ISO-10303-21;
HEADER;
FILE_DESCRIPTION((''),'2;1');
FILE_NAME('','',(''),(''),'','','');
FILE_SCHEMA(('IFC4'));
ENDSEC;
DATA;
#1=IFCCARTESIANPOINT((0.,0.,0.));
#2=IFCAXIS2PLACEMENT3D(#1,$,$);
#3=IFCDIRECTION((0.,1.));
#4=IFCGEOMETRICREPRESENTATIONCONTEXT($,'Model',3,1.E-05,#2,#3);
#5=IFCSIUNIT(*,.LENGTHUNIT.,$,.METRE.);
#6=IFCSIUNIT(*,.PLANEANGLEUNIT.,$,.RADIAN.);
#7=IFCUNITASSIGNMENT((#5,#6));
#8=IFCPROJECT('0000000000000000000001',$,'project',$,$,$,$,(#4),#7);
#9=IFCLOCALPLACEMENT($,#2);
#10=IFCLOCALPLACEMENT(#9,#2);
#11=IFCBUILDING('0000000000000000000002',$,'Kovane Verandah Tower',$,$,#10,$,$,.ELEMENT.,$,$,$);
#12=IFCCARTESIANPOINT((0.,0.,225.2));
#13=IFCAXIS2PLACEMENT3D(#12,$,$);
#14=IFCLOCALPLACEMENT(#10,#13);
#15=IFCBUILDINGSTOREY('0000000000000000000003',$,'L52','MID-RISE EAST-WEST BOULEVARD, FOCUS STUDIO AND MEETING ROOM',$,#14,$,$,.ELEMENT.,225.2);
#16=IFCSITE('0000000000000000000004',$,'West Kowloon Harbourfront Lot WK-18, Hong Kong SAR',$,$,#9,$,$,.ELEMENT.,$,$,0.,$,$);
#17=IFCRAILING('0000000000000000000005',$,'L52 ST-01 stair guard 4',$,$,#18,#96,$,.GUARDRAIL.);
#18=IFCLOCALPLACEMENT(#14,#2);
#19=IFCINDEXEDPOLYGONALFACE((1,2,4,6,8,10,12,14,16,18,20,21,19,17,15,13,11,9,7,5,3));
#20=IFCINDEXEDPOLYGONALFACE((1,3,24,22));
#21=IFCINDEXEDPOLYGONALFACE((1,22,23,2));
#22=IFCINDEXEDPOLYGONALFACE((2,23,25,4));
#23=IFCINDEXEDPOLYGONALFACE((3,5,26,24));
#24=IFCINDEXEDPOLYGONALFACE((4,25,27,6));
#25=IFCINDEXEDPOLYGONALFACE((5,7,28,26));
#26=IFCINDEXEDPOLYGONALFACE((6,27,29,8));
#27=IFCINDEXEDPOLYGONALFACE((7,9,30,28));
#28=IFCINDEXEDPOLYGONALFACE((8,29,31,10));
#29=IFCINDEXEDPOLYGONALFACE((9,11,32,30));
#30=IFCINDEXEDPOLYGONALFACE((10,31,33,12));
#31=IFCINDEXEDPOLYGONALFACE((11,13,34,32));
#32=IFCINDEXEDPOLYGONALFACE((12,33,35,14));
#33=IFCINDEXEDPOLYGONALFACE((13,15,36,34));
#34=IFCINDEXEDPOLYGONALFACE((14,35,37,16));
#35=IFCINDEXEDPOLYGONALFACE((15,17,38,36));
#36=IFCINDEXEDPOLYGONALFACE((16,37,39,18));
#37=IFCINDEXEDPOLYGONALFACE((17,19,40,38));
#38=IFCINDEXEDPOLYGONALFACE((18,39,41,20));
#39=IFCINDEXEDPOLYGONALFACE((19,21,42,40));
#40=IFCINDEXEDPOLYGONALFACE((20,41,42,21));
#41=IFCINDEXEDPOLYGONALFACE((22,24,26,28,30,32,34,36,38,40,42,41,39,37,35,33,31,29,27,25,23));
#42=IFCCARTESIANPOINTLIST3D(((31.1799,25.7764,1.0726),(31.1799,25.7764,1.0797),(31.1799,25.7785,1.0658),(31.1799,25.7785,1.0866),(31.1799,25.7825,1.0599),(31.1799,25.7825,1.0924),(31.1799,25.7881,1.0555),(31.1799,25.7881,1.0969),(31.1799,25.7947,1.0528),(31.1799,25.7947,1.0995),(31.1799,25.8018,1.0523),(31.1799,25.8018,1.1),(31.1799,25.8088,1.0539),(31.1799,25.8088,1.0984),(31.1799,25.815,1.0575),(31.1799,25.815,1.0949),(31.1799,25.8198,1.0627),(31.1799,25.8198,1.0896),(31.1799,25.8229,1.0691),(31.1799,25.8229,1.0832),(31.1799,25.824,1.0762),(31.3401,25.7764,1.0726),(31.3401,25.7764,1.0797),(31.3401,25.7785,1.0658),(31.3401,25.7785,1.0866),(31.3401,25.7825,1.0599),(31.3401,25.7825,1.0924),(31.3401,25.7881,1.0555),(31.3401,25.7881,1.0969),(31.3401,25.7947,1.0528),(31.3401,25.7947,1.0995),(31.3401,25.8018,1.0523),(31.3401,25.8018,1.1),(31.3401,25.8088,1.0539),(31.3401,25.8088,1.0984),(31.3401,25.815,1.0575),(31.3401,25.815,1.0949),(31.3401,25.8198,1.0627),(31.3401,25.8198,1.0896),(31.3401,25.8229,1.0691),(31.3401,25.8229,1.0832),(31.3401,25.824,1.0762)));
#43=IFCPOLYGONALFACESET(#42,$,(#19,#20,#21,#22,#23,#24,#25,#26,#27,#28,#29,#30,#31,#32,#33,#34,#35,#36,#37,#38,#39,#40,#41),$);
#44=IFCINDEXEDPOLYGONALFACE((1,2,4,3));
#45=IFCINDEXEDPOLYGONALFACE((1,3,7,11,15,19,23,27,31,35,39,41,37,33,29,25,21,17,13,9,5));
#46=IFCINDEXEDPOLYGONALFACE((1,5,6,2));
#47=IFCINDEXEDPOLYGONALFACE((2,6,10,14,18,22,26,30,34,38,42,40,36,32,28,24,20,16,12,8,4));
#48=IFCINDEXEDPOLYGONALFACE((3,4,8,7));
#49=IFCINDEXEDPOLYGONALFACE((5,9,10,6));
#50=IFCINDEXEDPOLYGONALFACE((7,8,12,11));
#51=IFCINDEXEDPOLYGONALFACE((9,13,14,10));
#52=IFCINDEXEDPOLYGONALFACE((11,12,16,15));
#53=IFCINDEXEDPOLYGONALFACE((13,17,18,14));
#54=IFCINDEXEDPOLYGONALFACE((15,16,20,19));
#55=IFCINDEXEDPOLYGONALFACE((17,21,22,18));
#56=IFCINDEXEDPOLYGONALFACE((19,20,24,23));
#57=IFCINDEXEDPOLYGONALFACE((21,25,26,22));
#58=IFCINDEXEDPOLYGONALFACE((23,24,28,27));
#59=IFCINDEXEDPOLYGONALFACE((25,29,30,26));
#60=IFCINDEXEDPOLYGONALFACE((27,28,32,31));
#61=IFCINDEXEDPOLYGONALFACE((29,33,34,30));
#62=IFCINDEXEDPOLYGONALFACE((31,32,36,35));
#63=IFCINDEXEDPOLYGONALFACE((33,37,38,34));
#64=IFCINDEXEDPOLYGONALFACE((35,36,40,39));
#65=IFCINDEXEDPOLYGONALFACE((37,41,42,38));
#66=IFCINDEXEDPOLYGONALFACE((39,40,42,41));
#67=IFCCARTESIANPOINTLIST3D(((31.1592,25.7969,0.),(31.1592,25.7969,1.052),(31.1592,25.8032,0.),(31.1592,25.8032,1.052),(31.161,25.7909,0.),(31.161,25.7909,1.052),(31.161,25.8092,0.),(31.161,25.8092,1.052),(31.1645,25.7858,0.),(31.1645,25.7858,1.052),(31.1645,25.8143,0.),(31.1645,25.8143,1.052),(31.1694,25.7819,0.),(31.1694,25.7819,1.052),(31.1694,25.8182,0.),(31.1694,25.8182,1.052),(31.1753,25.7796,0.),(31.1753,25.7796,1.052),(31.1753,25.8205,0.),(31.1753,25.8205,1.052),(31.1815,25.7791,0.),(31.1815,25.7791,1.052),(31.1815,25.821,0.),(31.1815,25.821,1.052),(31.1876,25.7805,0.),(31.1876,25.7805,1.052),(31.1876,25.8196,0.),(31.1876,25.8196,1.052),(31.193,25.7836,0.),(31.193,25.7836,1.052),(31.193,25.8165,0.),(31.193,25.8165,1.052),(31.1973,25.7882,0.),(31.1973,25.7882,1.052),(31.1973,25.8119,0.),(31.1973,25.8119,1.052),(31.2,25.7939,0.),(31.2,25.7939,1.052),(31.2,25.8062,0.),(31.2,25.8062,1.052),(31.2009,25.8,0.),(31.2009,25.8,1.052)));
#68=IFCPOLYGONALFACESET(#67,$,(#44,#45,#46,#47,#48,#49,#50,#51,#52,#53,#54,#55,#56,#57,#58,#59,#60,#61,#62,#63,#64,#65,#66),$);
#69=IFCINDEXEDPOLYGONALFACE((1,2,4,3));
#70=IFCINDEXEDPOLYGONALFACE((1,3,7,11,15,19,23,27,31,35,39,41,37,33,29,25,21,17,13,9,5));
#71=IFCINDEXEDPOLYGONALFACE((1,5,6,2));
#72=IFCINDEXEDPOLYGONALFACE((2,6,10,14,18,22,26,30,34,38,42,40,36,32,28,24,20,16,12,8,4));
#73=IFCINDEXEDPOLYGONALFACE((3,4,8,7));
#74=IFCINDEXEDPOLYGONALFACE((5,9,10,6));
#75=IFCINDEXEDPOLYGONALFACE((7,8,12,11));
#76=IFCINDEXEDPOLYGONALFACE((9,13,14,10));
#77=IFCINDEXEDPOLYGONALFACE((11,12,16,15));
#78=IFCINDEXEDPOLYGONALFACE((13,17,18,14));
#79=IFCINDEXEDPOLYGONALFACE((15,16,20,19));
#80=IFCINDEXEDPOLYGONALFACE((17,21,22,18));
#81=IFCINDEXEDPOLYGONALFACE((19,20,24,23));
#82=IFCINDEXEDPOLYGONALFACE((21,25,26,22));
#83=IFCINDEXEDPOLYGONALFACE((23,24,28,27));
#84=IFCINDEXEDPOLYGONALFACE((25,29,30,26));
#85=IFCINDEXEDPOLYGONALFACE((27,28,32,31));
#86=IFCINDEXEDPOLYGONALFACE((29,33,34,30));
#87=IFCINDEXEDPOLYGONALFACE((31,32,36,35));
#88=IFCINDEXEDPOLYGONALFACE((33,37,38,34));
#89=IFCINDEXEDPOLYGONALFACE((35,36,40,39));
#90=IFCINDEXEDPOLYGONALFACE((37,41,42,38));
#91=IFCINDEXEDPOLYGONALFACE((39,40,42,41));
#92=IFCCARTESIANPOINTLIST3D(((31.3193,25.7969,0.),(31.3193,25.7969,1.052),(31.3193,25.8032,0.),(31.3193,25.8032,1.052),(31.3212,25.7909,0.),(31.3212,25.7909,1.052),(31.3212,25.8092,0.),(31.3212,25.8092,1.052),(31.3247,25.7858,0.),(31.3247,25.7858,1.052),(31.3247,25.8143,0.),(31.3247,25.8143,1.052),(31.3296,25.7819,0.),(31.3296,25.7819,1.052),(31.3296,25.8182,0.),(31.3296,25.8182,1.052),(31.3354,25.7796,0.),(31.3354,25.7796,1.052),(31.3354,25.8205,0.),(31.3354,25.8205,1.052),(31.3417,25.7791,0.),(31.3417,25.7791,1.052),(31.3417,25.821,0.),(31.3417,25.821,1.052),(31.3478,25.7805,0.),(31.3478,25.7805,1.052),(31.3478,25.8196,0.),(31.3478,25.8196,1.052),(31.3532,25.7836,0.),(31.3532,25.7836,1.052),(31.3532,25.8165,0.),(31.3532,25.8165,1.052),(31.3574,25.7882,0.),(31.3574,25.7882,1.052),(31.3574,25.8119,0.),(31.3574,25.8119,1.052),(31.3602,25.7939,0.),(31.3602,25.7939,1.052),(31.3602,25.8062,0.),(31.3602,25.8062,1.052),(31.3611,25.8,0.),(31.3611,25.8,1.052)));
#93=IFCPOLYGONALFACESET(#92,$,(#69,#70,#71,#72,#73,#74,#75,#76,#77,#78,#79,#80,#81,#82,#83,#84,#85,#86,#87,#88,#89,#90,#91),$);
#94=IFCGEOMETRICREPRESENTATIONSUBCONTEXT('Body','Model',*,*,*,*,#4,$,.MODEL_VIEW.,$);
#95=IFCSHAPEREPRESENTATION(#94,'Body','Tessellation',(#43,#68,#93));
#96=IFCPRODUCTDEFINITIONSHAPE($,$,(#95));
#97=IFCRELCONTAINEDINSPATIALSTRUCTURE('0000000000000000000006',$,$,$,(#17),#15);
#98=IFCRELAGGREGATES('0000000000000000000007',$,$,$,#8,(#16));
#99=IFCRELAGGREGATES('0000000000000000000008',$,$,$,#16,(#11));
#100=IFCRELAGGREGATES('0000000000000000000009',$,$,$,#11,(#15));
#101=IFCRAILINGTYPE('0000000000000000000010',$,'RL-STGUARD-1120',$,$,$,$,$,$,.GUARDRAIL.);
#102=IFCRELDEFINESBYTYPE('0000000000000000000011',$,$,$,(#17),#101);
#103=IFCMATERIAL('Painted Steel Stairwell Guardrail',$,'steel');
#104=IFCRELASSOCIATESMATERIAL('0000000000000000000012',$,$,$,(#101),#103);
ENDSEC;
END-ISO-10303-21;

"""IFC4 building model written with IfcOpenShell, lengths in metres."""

from ifc_helpers import new_model, si_unit, direction, frame, origin, origin_2d, place, context, subcontext, project, spatial, circle, extrude, material, type_object, element, save


model = new_model("IFC4")

# Units and contexts
model_context = context("Model", 3, precision=1e-05, world=origin(), true_north=direction((0.0, 1.0)))
body_context = subcontext(model_context, "Body", "Model", "MODEL_VIEW")
ifc_project = project(units=[si_unit("LENGTHUNIT", "METRE"), si_unit("PLANEANGLEUNIT", "RADIAN")], contexts=[model_context])

# Site, building, storey
site_placement = place(None, origin())
site = spatial("IfcSite", under=ifc_project, at=site_placement, Name="West Kowloon Harbourfront Lot WK-18, Hong Kong SAR", CompositionType="ELEMENT", RefElevation=0.0)
building_placement = place(site_placement, origin())
building = spatial("IfcBuilding", under=site, at=building_placement, Name="Kovane Verandah Tower", CompositionType="ELEMENT")
storey_placement = place(building_placement, frame((0.0, 0.0, 225.2)))
storey = spatial("IfcBuildingStorey", under=building, at=storey_placement, Name="L52", Description="MID-RISE EAST-WEST BOULEVARD, FOCUS STUDIO AND MEETING ROOM", CompositionType="ELEMENT", Elevation=225.2)

# Railing
ifc_material_1 = material(Name="Painted Steel Stairwell Guardrail", Category="steel")
railing_type_1 = type_object("IfcRailingType", Name="RL-STGUARD-1120", PredefinedType="GUARDRAIL", material=ifc_material_1)
railing_1_placement = place(storey_placement, frame((31.1799, 25.8, 0.0)))
element("IfcRailing", 1, at=railing_1_placement, inside=storey, type_object=railing_type_1, Name="L52 ST-01 stair guard 4", PredefinedType="GUARDRAIL", context=body_context, shape_type="SweptSolid", body=[
    extrude(circle(Radius=0.0239, at=origin_2d()), frame((0.0, 0.0, 1.0762), z_axis=(1.0, 0.0, 0.0), x_axis=(0.0, 1.0, 0.0)), (0.0, 0.0, 1.0), 0.1602),
    extrude(circle(Radius=0.021, at=origin_2d()), origin(), (0.0, 0.0, 1.0), 1.052),
    extrude(circle(Radius=0.021, at=origin_2d()), frame((0.1602, 0.0, 0.0)), (0.0, 0.0, 1.0), 1.052),
])

save(model, "model.ifc")
